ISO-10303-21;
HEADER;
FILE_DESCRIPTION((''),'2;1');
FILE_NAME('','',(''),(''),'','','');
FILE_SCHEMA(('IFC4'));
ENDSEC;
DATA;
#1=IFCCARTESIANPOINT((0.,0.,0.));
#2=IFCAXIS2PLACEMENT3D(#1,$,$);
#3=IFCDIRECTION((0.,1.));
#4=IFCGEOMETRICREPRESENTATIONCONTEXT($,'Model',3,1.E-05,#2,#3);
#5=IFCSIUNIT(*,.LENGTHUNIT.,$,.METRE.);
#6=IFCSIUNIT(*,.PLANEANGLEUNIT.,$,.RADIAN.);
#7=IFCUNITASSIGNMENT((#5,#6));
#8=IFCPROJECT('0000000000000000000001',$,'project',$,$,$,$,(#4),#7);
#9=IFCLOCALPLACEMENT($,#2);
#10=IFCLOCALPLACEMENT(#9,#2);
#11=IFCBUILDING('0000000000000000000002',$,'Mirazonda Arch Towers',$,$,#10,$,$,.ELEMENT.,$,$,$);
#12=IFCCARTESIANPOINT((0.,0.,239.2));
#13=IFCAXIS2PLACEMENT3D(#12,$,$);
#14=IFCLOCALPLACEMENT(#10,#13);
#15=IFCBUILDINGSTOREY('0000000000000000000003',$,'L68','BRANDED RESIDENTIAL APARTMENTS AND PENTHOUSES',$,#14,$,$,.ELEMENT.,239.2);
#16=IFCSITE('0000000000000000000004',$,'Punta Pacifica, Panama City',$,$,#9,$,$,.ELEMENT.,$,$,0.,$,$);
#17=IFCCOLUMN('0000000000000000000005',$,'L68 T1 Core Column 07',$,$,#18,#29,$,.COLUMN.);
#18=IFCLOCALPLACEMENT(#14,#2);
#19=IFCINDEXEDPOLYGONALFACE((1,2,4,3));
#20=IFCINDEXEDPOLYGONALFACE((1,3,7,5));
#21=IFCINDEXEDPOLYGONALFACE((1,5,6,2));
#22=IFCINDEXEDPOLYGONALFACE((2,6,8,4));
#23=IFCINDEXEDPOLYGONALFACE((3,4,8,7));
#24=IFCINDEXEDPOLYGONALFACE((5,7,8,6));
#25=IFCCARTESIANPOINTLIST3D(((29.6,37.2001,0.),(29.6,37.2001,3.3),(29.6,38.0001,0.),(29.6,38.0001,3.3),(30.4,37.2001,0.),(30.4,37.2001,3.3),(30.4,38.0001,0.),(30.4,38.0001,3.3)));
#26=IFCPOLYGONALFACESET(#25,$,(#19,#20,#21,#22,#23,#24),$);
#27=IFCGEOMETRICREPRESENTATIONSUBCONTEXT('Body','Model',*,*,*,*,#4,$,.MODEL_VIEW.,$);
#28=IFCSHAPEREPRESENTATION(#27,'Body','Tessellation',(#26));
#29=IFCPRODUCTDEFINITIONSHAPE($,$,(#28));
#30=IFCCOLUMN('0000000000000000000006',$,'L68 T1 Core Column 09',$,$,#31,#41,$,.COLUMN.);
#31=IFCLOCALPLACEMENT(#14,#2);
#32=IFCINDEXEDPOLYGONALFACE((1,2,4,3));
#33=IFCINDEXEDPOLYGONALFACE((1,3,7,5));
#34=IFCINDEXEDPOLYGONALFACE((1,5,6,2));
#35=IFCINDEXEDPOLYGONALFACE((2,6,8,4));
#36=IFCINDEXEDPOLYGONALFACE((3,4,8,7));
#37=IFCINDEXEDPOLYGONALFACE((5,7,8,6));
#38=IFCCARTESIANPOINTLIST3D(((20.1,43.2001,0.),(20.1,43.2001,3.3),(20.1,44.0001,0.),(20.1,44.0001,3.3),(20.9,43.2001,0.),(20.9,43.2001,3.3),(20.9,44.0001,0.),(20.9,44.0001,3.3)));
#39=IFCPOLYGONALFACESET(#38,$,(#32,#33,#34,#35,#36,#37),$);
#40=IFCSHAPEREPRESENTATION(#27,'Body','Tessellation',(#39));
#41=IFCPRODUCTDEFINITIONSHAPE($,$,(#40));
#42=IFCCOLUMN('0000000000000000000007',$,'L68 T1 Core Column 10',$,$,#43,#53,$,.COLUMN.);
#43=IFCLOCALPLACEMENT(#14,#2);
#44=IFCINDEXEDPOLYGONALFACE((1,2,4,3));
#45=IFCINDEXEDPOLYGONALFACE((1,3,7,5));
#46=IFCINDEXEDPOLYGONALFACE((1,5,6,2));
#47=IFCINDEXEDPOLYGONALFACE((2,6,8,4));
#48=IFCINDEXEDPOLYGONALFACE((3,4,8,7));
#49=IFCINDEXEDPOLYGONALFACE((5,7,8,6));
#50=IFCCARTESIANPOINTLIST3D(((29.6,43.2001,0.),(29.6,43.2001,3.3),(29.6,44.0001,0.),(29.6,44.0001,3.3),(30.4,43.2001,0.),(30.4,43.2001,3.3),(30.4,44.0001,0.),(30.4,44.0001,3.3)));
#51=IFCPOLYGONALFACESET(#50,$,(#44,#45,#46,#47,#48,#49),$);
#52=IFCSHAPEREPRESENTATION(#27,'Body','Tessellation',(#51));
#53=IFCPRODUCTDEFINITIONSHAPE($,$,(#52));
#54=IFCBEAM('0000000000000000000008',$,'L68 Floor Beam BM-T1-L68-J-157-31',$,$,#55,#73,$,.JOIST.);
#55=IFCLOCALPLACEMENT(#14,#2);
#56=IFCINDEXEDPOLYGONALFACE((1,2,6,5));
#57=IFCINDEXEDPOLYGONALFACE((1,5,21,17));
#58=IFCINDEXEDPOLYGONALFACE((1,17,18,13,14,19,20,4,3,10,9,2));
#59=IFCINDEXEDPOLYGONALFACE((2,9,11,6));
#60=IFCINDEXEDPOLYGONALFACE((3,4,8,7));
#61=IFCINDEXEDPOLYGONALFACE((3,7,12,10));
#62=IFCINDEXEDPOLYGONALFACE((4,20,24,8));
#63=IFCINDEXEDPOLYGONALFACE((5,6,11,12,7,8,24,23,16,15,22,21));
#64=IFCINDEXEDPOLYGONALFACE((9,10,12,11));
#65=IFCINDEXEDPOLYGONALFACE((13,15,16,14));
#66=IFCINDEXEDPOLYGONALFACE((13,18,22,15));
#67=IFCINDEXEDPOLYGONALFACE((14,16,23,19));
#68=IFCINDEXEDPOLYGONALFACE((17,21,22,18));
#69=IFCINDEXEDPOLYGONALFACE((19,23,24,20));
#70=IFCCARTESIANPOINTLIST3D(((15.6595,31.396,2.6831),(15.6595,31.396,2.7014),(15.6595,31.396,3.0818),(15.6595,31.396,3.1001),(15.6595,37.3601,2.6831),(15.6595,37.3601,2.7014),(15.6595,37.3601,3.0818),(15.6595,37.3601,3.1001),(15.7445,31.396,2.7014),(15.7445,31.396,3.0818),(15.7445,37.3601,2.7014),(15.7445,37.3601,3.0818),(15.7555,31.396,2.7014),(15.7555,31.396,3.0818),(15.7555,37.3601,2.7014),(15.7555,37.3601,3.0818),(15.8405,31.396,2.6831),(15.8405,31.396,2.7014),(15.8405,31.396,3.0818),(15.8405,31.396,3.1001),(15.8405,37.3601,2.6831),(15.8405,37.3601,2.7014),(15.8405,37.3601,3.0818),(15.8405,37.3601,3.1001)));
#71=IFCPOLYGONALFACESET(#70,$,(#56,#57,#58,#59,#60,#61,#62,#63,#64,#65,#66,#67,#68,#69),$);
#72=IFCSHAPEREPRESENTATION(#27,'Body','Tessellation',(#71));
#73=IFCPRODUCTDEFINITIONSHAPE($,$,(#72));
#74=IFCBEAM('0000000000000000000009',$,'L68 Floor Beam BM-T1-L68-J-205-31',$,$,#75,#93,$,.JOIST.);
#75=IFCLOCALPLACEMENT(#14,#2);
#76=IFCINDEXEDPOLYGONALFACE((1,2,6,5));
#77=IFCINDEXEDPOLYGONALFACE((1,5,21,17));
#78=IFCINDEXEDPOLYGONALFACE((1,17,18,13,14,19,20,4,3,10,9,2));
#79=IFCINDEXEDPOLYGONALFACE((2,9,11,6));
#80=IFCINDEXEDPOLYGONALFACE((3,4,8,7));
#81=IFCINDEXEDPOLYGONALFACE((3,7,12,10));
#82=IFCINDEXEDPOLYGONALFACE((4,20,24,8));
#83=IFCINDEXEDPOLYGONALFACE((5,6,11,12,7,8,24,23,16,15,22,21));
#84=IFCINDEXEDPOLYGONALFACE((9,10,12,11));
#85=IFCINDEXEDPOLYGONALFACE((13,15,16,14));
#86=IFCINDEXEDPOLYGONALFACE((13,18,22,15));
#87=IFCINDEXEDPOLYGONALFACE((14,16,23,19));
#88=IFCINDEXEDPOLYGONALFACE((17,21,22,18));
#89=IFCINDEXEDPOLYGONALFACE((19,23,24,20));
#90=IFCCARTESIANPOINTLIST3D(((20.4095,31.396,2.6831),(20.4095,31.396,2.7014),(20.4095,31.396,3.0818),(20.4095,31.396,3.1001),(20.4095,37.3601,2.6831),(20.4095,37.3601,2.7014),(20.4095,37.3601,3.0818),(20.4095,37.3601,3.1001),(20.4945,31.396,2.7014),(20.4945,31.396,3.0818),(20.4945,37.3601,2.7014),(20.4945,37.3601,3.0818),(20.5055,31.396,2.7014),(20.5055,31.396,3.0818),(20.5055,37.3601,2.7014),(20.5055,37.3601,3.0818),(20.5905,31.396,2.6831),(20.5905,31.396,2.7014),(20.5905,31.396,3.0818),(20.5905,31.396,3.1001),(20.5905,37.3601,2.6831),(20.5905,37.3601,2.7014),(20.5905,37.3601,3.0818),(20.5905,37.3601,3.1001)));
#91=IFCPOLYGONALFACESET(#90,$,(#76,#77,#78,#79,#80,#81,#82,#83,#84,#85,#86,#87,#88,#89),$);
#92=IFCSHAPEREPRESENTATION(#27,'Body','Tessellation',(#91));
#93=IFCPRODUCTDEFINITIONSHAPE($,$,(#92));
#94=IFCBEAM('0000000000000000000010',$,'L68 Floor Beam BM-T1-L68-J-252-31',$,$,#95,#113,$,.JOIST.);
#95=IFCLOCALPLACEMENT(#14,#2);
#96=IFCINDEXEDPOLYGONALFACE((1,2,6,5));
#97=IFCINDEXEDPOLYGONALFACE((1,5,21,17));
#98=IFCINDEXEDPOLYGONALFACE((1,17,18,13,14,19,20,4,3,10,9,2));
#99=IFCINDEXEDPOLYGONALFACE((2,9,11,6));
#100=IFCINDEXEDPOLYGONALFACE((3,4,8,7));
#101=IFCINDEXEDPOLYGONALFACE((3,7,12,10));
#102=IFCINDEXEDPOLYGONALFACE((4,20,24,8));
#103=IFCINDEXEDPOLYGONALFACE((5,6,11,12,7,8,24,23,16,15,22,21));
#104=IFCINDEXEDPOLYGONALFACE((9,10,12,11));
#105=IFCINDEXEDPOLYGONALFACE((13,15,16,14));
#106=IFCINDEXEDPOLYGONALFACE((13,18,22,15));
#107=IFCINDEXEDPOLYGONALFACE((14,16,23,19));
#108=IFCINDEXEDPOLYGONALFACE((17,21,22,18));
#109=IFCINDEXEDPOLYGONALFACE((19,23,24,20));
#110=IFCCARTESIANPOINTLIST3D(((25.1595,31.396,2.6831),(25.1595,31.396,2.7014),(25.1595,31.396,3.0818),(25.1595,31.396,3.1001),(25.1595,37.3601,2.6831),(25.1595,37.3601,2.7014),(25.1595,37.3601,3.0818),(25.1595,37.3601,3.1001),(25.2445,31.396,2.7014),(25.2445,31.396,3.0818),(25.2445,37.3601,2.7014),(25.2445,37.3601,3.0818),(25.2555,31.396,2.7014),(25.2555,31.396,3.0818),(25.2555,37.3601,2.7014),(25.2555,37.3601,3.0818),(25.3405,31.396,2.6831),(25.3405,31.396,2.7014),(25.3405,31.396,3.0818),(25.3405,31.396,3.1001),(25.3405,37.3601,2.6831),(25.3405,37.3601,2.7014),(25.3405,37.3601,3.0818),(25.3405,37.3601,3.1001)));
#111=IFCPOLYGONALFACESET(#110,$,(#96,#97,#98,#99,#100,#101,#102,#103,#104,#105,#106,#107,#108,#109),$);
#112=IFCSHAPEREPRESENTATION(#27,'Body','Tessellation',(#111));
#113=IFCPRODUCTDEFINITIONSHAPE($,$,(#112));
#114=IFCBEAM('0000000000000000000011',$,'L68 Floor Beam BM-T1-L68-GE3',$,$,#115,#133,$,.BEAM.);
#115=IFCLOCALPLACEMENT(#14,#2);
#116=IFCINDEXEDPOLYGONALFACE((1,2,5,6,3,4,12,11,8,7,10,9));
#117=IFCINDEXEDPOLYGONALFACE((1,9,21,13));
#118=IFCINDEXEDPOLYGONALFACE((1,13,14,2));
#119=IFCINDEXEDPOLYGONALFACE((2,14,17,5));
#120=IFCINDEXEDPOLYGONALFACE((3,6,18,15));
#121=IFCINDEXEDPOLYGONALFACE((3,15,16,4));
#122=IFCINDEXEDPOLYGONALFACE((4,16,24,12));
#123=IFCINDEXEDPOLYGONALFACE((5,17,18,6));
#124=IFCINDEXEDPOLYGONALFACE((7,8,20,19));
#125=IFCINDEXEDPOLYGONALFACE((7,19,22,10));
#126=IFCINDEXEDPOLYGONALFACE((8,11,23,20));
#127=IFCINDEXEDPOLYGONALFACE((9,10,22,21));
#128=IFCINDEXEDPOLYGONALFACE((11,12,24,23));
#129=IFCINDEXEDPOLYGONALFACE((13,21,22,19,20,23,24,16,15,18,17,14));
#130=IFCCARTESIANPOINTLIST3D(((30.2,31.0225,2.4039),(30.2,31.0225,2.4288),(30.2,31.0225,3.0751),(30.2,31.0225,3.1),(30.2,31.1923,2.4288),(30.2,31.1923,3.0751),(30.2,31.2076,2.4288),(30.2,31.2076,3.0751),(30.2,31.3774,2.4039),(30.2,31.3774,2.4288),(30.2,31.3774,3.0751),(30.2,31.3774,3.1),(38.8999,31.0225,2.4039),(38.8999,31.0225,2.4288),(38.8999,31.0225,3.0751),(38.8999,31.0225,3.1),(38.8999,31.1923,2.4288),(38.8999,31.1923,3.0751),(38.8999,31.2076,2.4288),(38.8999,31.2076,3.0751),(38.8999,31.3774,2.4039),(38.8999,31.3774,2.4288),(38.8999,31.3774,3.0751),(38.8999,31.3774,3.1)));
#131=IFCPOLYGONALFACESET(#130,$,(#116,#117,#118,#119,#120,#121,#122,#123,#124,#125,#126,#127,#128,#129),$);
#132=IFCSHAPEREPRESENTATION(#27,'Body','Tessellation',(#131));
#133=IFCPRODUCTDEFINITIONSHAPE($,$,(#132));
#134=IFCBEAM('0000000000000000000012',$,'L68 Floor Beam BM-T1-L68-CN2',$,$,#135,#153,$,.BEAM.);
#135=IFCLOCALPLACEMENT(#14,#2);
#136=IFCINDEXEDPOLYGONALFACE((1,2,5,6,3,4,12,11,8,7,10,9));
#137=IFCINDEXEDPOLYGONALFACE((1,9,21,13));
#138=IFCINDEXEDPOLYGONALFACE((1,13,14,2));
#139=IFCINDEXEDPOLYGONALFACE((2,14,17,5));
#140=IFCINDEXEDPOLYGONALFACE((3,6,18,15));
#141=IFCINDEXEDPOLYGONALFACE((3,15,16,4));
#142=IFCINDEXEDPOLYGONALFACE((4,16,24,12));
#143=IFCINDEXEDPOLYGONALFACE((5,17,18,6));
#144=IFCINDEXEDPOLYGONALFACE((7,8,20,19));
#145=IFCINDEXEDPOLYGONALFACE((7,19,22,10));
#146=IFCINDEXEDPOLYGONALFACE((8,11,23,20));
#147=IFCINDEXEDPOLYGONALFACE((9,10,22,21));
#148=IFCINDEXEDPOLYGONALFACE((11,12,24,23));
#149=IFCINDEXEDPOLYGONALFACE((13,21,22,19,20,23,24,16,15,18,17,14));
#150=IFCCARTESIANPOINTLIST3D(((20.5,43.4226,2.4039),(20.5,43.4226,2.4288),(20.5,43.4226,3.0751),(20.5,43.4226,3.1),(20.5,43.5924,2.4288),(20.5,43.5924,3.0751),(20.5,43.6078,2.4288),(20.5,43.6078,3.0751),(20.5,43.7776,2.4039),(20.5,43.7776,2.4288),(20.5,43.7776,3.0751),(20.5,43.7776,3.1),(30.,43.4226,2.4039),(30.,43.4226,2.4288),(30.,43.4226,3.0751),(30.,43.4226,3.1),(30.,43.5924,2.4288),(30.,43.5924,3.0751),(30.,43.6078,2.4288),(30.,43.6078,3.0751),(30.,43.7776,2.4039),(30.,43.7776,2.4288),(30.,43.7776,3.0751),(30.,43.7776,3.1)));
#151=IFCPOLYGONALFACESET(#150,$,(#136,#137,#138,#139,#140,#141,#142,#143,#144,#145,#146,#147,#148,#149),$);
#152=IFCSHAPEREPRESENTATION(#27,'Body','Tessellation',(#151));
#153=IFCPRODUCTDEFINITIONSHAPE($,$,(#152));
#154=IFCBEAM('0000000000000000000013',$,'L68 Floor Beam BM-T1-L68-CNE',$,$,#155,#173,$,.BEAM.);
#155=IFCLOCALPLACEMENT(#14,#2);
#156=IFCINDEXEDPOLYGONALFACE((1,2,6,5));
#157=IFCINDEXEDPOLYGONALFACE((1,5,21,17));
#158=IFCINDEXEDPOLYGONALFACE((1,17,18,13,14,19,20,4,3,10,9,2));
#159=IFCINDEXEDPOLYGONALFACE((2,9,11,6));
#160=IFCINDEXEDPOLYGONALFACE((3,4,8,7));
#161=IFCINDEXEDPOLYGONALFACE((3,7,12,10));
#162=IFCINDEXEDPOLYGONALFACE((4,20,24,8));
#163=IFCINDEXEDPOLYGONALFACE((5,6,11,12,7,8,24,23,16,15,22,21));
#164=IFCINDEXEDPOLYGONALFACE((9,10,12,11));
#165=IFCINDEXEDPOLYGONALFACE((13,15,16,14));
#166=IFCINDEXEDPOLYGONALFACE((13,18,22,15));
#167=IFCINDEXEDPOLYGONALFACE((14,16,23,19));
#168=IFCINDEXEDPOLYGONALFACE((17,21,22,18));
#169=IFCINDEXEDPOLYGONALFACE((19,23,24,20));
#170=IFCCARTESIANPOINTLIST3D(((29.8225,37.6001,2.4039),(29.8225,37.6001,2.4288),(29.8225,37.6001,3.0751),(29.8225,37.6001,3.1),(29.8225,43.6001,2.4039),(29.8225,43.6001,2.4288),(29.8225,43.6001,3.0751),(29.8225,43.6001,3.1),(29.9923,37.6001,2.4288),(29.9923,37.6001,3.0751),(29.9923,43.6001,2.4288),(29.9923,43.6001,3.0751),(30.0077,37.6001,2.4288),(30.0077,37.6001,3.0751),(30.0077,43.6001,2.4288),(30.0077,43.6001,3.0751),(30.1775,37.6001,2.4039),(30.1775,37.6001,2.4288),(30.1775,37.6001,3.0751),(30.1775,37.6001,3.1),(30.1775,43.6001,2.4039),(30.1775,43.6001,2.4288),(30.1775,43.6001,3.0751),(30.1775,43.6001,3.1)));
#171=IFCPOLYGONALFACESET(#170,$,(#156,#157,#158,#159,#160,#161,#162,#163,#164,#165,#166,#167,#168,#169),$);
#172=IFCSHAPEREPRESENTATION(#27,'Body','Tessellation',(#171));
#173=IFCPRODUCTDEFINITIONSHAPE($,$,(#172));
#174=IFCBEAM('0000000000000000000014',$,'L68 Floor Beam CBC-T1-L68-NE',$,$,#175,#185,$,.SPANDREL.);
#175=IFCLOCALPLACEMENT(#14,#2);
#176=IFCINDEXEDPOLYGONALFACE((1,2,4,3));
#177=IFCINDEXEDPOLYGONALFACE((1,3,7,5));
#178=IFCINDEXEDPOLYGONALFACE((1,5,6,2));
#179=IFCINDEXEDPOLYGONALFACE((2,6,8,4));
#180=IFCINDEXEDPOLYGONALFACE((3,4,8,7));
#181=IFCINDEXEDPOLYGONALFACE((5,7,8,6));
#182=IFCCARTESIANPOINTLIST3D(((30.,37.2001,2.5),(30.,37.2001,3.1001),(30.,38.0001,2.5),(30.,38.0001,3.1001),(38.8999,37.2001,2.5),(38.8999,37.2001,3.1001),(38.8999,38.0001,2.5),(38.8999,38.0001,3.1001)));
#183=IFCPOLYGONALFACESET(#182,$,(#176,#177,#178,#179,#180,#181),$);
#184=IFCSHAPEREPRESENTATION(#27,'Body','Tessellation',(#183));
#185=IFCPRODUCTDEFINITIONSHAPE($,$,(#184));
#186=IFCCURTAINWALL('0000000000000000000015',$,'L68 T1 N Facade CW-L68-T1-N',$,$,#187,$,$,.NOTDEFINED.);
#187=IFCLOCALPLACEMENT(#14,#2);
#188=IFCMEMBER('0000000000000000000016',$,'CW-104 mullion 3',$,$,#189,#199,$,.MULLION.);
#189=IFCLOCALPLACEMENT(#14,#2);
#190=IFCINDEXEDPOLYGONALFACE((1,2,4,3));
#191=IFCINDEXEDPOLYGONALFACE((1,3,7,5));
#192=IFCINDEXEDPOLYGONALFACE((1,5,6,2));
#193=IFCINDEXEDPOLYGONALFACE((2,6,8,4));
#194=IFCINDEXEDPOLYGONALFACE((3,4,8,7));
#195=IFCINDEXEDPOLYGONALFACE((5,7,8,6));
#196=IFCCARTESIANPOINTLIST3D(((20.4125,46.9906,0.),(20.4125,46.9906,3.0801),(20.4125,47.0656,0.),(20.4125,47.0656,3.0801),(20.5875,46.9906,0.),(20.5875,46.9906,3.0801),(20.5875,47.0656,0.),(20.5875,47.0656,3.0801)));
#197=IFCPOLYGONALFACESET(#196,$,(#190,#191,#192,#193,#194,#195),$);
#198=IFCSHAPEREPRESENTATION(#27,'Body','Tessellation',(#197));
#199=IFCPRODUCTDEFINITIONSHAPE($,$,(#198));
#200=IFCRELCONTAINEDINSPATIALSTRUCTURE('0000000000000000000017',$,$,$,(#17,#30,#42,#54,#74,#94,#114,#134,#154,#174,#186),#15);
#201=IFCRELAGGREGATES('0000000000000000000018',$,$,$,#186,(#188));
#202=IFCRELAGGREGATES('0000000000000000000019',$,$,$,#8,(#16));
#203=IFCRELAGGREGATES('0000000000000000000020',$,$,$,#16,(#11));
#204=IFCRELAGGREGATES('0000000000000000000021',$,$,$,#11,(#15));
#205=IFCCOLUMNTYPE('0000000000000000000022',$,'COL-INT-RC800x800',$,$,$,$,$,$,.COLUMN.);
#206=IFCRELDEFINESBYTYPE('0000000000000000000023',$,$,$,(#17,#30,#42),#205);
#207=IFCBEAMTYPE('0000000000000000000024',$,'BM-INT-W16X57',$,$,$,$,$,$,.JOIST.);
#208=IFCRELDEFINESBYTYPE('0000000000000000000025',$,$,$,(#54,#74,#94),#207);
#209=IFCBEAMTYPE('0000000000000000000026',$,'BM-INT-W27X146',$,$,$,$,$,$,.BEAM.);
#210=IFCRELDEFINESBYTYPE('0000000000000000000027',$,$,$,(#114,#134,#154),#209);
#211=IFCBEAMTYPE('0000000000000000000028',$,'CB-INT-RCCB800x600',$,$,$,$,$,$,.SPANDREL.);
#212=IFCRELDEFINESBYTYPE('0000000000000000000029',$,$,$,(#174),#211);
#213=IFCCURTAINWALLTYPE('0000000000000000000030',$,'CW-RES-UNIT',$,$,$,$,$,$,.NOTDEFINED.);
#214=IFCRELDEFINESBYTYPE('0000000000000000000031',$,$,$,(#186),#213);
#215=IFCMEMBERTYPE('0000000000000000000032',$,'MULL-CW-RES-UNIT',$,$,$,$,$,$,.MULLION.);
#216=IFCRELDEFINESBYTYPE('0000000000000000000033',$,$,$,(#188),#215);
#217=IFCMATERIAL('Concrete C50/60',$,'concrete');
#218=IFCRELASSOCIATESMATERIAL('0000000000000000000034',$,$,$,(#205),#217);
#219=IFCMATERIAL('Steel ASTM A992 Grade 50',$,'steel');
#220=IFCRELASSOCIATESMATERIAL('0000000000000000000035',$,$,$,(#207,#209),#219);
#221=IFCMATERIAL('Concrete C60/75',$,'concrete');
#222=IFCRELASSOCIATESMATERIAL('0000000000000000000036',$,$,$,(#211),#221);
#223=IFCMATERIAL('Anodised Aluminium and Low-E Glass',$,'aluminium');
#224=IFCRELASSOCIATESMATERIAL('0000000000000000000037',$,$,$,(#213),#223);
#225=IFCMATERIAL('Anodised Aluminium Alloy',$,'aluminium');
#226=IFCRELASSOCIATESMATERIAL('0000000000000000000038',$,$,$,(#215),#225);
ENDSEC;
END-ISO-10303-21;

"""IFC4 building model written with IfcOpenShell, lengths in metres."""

from ifc_helpers import new_model, si_unit, direction, frame, origin, origin_2d, place, context, subcontext, project, spatial, rectangle, i_section, extrude, material, material_profile, profile_set, type_object, element, aggregate, save


model = new_model("IFC4")

# Units and contexts
model_context = context("Model", 3, precision=1e-05, world=origin(), true_north=direction((0.0, 1.0)))
body_context = subcontext(model_context, "Body", "Model", "MODEL_VIEW")
ifc_project = project(units=[si_unit("LENGTHUNIT", "METRE"), si_unit("PLANEANGLEUNIT", "RADIAN")], contexts=[model_context])

# Site, building, storey
site_placement = place(None, origin())
site = spatial("IfcSite", under=ifc_project, at=site_placement, Name="Punta Pacifica, Panama City", CompositionType="ELEMENT", RefElevation=0.0)
building_placement = place(site_placement, origin())
building = spatial("IfcBuilding", under=site, at=building_placement, Name="Mirazonda Arch Towers", CompositionType="ELEMENT")
storey_placement = place(building_placement, frame((0.0, 0.0, 239.2)))
storey = spatial("IfcBuildingStorey", under=building, at=storey_placement, Name="L68", Description="BRANDED RESIDENTIAL APARTMENTS AND PENTHOUSES", CompositionType="ELEMENT", Elevation=239.2)

# Columns
ifc_material_1 = material(Name="Concrete C50/60", Category="concrete")
ifc_material_profile_1 = material_profile(ifc_material_1, rectangle(XDim=0.8, YDim=0.8, at=origin_2d()), Name="RC800x800")
ifc_profile_set_1 = profile_set([ifc_material_profile_1], Name="Concrete C50/60")
column_type = type_object("IfcColumnType", Name="COL-INT-RC800x800", PredefinedType="COLUMN", material=ifc_profile_set_1)
for number, where, z_axis, x_axis, name in (
    (1, (30.0, 37.6001, 0.0), (0.0, 0.0, 1.0), (1.0, 0.0, 0.0), "L68 T1 Core Column 07"),
    (2, (20.5, 43.6001, 0.0), (0.0, 0.0, 1.0), (1.0, 0.0, 0.0), "L68 T1 Core Column 09"),
    (3, (30.0, 43.6001, 0.0), (0.0, 0.0, 1.0), (1.0, 0.0, 0.0), "L68 T1 Core Column 10"),
):
    element("IfcColumn", number, at=place(storey_placement, frame(where, z_axis=z_axis, x_axis=x_axis)), inside=storey, type_object=column_type, Name=name, PredefinedType="COLUMN", context=body_context, shape_type="SweptSolid", body=[
        extrude(rectangle(XDim=0.8, YDim=0.8, at=origin_2d()), origin(), (0.0, 0.0, 1.0), 3.3),
    ])

# Beams
ifc_material_2 = material(Name="Steel ASTM A992 Grade 50", Category="steel")
ifc_material_profile_2 = material_profile(ifc_material_2, i_section(OverallWidth=0.1809, OverallDepth=0.417, WebThickness=0.011, FlangeThickness=0.0183, at=origin_2d()), Name="W16X57")
ifc_profile_set_2 = profile_set([ifc_material_profile_2], Name="Steel ASTM A992 Grade 50")
beam_type_1 = type_object("IfcBeamType", Name="BM-INT-W16X57", PredefinedType="JOIST", material=ifc_profile_set_2)
for number, where, z_axis, x_axis, name in (
    (4, (15.75, 31.396, 2.8916), (0.0, 1.0, 0.0), (-1.0, 0.0, 0.0), "L68 Floor Beam BM-T1-L68-J-157-31"),
    (5, (20.5, 31.396, 2.8916), (0.0, 1.0, 0.0), (-1.0, 0.0, 0.0), "L68 Floor Beam BM-T1-L68-J-205-31"),
    (6, (25.25, 31.396, 2.8916), (0.0, 1.0, 0.0), (-1.0, 0.0, 0.0), "L68 Floor Beam BM-T1-L68-J-252-31"),
):
    element("IfcBeam", number, at=place(storey_placement, frame(where, z_axis=z_axis, x_axis=x_axis)), inside=storey, type_object=beam_type_1, Name=name, PredefinedType="JOIST", context=body_context, shape_type="SweptSolid", body=[
        extrude(i_section(OverallWidth=0.1809, OverallDepth=0.417, WebThickness=0.011, FlangeThickness=0.0183, at=origin_2d()), origin(), (0.0, 0.0, 1.0), 5.9641),
    ])
ifc_material_profile_3 = material_profile(ifc_material_2, i_section(OverallWidth=0.355, OverallDepth=0.696, WebThickness=0.0154, FlangeThickness=0.0249, at=origin_2d()), Name="W27X146")
ifc_profile_set_3 = profile_set([ifc_material_profile_3], Name="Steel ASTM A992 Grade 50")
beam_type_2 = type_object("IfcBeamType", Name="BM-INT-W27X146", PredefinedType="BEAM", material=ifc_profile_set_3)
beam_1_placement = place(storey_placement, frame((30.2, 31.2, 2.752), z_axis=(1.0, 0.0, 0.0), x_axis=(0.0, 1.0, 0.0)))
element("IfcBeam", 7, at=beam_1_placement, inside=storey, type_object=beam_type_2, Name="L68 Floor Beam BM-T1-L68-GE3", PredefinedType="BEAM", context=body_context, shape_type="SweptSolid", body=[
    extrude(i_section(OverallWidth=0.355, OverallDepth=0.696, WebThickness=0.0154, FlangeThickness=0.0249, at=origin_2d()), origin(), (0.0, 0.0, 1.0), 8.7),
])
beam_2_placement = place(storey_placement, frame((20.5, 43.6001, 2.752), z_axis=(1.0, 0.0, 0.0), x_axis=(0.0, 1.0, 0.0)))
element("IfcBeam", 8, at=beam_2_placement, inside=storey, type_object=beam_type_2, Name="L68 Floor Beam BM-T1-L68-CN2", PredefinedType="BEAM", context=body_context, shape_type="SweptSolid", body=[
    extrude(i_section(OverallWidth=0.355, OverallDepth=0.696, WebThickness=0.0154, FlangeThickness=0.0249, at=origin_2d()), origin(), (0.0, 0.0, 1.0), 9.5),
])
beam_3_placement = place(storey_placement, frame((30.0, 37.6001, 2.752), z_axis=(0.0, 1.0, 0.0), x_axis=(-1.0, 0.0, 0.0)))
element("IfcBeam", 9, at=beam_3_placement, inside=storey, type_object=beam_type_2, Name="L68 Floor Beam BM-T1-L68-CNE", PredefinedType="BEAM", context=body_context, shape_type="SweptSolid", body=[
    extrude(i_section(OverallWidth=0.355, OverallDepth=0.696, WebThickness=0.0154, FlangeThickness=0.0249, at=origin_2d()), origin(), (0.0, 0.0, 1.0), 6.0),
])
ifc_material_3 = material(Name="Concrete C60/75", Category="concrete")
ifc_material_profile_4 = material_profile(ifc_material_3, rectangle(XDim=0.8, YDim=0.6001, at=origin_2d()), Name="RCCB800x600")
ifc_profile_set_4 = profile_set([ifc_material_profile_4], Name="Concrete C60/75")
beam_type_3 = type_object("IfcBeamType", Name="CB-INT-RCCB800x600", PredefinedType="SPANDREL", material=ifc_profile_set_4)
beam_4_placement = place(storey_placement, frame((30.0, 37.6001, 2.8), z_axis=(1.0, 0.0, 0.0), x_axis=(0.0, 1.0, 0.0)))
element("IfcBeam", 10, at=beam_4_placement, inside=storey, type_object=beam_type_3, Name="L68 Floor Beam CBC-T1-L68-NE", PredefinedType="SPANDREL", context=body_context, shape_type="SweptSolid", body=[
    extrude(rectangle(XDim=0.8, YDim=0.6001, at=origin_2d()), origin(), (0.0, 0.0, 1.0), 8.8999),
])

# Curtain wall, member
ifc_material_4 = material(Name="Anodised Aluminium and Low-E Glass", Category="aluminium")
curtain_wall_type = type_object("IfcCurtainWallType", Name="CW-RES-UNIT", PredefinedType="NOTDEFINED", material=ifc_material_4)
curtain_wall_placement = place(storey_placement, origin())
curtain_wall = element("IfcCurtainWall", 11, at=curtain_wall_placement, inside=storey, type_object=curtain_wall_type, Name="L68 T1 N Facade CW-L68-T1-N", PredefinedType="NOTDEFINED")
ifc_material_5 = material(Name="Anodised Aluminium Alloy", Category="aluminium")
ifc_material_profile_5 = material_profile(ifc_material_5, rectangle(XDim=0.075, YDim=0.175, at=origin_2d()), Name="ALU-MULL-75x175")
ifc_profile_set_5 = profile_set([ifc_material_profile_5], Name="Anodised Aluminium Alloy")
member_type_1 = type_object("IfcMemberType", Name="MULL-CW-RES-UNIT", PredefinedType="MULLION", material=ifc_profile_set_5)
member_1_placement = place(storey_placement, frame((20.5, 47.0281, 0.0), z_axis=(0.0, 0.0, 1.0), x_axis=(0.0, 1.0, 0.0)))
member_1 = element("IfcMember", 12, at=member_1_placement, type_object=member_type_1, Name="CW-104 mullion 3", PredefinedType="MULLION", context=body_context, shape_type="SweptSolid", body=[
    extrude(rectangle(XDim=0.075, YDim=0.175, at=origin_2d()), origin(), (0.0, 0.0, 1.0), 3.0801),
])
aggregate(curtain_wall, [member_1])

save(model, "model.ifc")
